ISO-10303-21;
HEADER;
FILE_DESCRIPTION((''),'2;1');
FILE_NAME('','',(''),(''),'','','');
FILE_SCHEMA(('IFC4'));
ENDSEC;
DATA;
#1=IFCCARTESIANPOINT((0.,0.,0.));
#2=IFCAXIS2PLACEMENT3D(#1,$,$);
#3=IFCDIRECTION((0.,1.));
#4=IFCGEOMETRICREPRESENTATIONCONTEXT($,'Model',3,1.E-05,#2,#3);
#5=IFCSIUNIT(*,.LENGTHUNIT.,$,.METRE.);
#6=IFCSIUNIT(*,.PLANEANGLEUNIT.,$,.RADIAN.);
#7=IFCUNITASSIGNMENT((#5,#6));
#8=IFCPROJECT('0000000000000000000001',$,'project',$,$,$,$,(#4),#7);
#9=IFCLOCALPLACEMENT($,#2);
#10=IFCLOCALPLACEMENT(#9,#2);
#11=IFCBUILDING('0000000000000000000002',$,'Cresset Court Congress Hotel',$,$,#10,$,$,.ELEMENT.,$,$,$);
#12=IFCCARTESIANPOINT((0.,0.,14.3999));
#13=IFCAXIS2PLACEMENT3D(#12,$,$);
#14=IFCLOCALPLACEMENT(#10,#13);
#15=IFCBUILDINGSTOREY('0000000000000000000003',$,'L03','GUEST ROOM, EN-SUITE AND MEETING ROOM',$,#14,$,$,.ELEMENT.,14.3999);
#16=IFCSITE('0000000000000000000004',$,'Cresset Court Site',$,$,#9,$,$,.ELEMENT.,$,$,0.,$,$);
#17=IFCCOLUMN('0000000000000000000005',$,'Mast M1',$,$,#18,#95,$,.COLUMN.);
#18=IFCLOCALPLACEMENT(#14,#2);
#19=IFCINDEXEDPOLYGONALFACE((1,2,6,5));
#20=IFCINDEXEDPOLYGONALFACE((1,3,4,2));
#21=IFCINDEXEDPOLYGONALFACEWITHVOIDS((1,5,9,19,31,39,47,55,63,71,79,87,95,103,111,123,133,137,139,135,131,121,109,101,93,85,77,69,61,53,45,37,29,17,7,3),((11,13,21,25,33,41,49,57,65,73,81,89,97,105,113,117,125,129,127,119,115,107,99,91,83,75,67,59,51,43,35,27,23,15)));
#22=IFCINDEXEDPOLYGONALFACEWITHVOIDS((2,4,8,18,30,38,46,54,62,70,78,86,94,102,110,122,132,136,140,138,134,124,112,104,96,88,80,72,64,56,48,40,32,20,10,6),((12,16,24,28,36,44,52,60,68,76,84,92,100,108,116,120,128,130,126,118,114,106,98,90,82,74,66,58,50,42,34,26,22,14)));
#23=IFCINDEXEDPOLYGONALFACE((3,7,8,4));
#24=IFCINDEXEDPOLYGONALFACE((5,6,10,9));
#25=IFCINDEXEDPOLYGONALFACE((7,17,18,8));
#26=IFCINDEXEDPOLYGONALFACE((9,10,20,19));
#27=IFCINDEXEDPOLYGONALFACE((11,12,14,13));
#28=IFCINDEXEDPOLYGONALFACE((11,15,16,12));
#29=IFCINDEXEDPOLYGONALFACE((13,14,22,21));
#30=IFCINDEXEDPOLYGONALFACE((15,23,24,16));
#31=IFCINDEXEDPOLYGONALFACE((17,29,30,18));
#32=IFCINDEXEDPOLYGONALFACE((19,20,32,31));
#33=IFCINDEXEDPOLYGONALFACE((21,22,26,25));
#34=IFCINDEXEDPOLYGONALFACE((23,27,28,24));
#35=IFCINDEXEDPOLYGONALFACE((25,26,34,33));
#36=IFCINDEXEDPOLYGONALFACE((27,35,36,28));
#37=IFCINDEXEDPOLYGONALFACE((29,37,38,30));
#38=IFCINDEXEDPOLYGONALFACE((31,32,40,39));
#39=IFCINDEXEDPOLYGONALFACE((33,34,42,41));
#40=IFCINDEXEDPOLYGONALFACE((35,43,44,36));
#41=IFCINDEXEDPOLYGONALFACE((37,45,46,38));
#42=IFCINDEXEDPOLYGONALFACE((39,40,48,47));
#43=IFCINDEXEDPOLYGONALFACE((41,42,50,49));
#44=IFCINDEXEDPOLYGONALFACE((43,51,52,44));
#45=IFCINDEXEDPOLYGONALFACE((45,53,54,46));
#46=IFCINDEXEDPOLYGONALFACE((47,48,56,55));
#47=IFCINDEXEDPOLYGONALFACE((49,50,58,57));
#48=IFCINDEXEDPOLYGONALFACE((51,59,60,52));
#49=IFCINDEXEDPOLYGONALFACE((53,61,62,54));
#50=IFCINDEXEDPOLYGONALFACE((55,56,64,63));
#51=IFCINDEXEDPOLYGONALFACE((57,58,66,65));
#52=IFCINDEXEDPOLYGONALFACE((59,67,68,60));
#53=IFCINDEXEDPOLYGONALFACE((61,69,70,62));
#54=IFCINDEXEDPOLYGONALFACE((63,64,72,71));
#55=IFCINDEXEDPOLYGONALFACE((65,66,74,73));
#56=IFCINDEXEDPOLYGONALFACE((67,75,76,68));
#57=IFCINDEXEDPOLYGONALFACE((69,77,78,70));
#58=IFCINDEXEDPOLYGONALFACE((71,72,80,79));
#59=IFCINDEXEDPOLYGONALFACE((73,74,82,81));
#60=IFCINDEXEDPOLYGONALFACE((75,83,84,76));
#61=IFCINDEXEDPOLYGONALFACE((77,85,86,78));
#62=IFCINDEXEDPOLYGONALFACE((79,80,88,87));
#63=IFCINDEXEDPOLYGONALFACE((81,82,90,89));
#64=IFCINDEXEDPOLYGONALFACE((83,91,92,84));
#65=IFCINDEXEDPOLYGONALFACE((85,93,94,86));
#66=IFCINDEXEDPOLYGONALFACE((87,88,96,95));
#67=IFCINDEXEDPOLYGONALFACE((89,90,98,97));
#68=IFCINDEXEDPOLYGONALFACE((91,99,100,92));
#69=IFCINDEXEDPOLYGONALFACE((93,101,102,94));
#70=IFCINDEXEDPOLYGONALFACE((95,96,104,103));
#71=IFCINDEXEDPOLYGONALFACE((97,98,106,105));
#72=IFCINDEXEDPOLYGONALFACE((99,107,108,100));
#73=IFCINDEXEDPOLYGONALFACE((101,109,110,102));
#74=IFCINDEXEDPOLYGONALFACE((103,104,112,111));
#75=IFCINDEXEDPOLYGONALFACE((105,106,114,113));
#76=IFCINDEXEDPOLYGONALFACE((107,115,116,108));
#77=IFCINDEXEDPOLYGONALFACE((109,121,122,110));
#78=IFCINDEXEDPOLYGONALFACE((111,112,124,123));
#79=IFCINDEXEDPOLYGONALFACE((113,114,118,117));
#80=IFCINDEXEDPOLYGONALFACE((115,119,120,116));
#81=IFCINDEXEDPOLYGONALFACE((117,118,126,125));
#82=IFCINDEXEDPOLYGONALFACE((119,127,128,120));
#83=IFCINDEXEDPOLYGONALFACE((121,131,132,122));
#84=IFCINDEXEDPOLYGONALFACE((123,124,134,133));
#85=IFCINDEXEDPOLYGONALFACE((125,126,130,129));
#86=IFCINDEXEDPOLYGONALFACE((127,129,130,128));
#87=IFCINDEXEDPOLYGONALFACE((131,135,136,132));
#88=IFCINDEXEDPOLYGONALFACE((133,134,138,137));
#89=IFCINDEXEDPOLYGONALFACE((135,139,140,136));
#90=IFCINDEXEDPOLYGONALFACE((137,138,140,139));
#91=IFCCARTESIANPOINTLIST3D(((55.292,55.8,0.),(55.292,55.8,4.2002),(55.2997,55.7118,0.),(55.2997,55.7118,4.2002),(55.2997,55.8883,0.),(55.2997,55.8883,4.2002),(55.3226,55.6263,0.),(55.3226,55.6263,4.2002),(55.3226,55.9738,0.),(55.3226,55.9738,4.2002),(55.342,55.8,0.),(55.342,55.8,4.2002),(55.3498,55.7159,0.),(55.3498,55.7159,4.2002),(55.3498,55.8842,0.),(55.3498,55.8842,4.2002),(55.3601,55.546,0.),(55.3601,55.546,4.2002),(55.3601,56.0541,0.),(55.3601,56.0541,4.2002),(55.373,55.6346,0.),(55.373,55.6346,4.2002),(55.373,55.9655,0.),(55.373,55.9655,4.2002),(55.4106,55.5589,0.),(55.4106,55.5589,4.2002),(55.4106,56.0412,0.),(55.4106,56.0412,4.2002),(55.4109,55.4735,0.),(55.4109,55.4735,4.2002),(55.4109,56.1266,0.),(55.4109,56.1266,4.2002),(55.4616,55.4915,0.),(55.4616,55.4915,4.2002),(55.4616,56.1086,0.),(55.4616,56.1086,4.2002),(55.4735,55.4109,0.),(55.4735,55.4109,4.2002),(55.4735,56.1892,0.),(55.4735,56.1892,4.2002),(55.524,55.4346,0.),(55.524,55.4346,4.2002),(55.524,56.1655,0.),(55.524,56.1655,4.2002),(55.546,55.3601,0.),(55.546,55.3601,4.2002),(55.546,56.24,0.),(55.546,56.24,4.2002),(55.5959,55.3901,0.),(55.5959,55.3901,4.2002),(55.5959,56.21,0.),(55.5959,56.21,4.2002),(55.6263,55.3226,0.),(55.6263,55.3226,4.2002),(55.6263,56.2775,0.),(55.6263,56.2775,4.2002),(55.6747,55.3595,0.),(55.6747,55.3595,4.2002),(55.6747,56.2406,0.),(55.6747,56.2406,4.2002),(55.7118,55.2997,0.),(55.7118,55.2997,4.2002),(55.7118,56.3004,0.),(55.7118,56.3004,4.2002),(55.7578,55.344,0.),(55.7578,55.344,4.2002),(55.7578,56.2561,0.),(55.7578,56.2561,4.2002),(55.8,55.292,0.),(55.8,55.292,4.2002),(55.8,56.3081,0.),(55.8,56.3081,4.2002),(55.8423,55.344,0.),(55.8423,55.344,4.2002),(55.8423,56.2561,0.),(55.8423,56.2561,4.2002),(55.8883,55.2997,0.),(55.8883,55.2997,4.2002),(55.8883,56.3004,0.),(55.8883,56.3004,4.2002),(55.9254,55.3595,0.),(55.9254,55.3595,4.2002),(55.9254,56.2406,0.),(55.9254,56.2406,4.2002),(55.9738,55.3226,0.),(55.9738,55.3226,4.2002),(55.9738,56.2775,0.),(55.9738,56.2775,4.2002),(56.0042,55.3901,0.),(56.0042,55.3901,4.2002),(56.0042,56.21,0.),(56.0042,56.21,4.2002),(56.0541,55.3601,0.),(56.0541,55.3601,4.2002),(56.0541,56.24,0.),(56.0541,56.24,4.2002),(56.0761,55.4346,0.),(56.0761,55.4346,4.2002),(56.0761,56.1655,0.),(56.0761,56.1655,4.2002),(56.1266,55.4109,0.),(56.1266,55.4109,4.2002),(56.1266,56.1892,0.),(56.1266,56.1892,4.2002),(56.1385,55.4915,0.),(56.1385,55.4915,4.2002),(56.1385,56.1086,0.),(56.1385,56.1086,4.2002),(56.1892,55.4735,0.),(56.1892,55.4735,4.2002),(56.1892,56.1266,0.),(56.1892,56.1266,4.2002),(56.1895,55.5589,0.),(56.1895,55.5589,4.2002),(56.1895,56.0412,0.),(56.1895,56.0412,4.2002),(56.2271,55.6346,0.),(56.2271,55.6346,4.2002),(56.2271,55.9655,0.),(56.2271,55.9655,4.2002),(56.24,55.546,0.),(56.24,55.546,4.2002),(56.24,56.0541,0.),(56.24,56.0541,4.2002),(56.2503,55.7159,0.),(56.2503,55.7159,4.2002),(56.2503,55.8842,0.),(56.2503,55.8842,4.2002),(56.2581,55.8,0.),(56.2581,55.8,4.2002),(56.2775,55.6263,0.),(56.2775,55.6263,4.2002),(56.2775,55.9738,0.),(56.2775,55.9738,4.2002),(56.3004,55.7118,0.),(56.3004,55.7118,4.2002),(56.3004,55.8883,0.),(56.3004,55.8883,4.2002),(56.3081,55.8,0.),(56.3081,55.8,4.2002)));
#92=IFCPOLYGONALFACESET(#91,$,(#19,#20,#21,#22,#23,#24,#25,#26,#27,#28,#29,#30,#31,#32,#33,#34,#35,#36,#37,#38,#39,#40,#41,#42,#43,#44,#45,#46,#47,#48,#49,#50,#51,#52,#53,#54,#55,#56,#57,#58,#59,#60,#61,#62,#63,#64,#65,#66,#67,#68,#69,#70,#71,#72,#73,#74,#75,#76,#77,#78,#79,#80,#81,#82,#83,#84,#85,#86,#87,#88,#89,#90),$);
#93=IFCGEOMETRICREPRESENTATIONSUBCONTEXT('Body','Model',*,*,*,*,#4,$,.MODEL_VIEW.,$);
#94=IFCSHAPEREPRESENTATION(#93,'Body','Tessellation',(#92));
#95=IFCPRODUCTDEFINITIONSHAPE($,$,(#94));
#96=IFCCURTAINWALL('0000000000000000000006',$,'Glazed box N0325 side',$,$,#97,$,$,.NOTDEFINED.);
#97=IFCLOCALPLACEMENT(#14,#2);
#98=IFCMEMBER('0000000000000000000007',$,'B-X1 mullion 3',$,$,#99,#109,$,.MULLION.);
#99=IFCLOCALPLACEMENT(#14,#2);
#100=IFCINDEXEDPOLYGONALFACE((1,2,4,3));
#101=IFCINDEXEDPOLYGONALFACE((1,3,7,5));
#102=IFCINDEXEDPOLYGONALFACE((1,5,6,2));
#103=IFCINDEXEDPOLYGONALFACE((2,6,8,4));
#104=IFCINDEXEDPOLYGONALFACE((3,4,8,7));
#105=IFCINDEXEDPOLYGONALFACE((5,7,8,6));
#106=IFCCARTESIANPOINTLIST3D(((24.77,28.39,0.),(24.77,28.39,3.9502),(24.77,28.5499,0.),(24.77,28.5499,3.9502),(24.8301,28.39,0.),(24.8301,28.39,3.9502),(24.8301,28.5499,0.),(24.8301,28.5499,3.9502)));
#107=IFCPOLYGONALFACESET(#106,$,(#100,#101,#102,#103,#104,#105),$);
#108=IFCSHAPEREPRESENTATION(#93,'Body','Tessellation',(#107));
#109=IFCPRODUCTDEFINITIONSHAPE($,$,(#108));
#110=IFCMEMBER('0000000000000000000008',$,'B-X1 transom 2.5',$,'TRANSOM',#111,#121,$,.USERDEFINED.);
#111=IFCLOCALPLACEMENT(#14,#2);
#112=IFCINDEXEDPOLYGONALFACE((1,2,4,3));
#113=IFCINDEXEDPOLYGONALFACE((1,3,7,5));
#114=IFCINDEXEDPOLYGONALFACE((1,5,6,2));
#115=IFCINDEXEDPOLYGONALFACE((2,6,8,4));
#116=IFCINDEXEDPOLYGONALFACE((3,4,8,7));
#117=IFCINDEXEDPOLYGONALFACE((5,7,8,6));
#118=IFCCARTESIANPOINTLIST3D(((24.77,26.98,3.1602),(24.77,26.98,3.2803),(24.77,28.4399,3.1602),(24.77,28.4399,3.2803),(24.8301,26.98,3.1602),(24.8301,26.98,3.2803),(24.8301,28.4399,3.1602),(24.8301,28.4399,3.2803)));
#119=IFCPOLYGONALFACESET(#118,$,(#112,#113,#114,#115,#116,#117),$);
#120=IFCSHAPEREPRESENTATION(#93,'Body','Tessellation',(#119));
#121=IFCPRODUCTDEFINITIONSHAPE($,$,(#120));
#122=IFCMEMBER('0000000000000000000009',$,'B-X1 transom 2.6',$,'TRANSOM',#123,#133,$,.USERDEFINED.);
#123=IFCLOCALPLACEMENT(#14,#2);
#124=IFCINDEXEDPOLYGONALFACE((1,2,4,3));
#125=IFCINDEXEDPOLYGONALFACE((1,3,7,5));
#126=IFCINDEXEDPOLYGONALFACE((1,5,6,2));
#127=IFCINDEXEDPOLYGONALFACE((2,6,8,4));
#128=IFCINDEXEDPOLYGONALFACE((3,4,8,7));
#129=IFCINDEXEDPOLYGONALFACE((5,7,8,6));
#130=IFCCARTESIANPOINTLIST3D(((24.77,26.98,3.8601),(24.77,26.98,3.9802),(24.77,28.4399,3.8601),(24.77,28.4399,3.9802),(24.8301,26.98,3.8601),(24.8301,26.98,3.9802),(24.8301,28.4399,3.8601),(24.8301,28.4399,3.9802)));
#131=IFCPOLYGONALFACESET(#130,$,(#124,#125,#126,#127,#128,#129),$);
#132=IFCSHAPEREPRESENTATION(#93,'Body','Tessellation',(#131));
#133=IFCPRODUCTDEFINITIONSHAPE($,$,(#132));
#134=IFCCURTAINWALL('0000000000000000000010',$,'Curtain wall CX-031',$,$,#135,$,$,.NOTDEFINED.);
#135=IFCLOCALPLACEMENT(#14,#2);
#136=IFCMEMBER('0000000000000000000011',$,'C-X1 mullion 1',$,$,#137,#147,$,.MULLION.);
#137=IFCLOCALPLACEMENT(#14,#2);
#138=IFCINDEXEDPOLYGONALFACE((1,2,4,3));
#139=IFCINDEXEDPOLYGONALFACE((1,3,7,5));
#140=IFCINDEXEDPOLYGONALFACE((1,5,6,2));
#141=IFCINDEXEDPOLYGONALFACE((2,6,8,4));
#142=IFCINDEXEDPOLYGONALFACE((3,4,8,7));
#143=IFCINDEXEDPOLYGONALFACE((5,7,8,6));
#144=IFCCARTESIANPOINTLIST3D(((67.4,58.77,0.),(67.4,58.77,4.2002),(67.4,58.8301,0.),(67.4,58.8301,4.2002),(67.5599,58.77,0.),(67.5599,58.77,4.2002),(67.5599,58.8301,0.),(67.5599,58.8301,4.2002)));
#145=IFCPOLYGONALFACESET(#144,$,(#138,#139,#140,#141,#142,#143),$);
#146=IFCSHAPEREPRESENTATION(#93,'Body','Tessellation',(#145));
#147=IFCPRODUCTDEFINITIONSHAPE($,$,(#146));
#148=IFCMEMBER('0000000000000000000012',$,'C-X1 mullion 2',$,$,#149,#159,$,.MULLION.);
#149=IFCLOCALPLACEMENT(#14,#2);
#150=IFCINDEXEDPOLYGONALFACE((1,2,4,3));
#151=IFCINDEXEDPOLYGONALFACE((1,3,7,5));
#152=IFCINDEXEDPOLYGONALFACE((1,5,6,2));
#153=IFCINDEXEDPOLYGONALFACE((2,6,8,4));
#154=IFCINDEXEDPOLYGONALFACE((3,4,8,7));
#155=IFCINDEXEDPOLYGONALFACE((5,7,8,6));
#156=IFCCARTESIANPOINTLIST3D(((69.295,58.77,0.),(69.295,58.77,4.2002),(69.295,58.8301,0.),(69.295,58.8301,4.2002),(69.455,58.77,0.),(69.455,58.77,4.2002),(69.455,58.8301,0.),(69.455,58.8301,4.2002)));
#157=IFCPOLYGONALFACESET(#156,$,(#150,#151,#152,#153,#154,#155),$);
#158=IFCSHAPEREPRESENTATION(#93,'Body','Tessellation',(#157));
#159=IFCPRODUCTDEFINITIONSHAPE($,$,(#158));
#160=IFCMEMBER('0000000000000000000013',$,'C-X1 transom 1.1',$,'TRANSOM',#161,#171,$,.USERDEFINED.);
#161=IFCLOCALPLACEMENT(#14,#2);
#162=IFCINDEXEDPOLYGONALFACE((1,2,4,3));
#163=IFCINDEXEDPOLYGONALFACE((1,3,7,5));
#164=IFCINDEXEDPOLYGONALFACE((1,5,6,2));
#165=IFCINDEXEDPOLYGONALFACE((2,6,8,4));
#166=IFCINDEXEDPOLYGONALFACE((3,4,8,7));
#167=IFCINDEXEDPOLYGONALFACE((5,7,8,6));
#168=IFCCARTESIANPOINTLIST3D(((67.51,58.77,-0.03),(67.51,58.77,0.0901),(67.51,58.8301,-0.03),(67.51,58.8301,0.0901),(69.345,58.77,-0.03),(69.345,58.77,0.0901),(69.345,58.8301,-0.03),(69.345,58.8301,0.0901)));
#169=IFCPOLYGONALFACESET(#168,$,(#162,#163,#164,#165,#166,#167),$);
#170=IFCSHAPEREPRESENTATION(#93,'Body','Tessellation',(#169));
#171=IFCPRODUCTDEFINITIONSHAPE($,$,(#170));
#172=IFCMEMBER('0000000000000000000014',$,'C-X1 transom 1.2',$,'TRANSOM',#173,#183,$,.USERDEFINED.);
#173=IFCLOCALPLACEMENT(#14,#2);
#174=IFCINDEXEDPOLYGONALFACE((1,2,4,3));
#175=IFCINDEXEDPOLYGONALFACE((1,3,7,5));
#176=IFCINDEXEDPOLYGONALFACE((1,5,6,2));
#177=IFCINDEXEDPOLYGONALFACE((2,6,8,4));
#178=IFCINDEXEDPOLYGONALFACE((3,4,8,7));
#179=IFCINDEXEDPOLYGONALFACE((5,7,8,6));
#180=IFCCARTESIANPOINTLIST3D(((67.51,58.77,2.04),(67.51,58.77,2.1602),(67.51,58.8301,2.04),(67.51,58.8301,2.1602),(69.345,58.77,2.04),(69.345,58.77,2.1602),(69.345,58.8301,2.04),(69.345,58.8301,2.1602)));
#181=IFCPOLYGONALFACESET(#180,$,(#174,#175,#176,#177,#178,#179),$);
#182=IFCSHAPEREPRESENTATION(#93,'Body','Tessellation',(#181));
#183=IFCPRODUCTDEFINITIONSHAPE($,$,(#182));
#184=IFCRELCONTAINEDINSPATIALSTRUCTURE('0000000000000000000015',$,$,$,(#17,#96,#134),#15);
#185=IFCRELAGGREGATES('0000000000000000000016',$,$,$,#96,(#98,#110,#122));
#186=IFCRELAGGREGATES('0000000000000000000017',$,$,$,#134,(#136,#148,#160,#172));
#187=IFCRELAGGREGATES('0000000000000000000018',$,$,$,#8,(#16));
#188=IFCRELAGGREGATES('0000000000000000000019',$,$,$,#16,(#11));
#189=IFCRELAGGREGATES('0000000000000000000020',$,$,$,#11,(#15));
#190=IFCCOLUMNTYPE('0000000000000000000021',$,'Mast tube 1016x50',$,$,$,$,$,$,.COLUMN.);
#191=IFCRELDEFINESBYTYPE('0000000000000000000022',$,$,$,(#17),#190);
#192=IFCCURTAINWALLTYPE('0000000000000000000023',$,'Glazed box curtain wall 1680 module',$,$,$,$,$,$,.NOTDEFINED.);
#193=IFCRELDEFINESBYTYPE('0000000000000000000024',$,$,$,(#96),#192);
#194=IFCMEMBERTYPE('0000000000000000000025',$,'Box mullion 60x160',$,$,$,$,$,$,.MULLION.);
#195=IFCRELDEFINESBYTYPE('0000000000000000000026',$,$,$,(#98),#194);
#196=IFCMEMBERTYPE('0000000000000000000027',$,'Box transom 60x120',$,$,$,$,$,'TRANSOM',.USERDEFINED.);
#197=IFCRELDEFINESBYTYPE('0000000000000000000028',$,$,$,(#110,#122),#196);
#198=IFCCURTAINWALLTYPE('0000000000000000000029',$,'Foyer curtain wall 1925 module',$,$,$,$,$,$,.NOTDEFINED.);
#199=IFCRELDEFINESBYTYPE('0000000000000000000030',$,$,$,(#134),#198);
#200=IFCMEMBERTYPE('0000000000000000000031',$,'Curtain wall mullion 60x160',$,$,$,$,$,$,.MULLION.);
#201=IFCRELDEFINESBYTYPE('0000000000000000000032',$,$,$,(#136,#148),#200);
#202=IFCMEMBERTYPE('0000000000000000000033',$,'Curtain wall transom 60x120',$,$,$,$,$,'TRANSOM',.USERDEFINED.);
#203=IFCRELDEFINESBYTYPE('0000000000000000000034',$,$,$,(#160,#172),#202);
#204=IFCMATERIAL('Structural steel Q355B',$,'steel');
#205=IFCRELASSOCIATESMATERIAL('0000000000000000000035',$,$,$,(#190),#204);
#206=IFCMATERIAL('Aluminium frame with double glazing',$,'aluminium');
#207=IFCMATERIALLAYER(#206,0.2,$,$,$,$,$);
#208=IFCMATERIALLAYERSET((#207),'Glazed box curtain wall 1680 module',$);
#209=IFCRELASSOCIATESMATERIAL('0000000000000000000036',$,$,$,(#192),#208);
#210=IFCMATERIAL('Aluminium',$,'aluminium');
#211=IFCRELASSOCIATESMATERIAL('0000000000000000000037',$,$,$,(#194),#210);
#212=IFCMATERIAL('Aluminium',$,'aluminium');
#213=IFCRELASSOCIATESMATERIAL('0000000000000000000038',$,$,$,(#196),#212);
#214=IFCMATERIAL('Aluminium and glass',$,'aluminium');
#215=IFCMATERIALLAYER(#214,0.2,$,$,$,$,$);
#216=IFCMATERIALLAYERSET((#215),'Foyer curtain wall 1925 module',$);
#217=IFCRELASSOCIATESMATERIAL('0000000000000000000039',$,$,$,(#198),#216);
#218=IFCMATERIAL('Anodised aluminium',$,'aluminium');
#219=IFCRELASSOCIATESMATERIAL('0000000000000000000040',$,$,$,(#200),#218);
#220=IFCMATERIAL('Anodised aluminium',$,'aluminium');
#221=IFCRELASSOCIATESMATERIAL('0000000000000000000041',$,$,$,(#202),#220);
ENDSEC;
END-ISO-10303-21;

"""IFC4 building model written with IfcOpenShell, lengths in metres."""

from ifc_helpers import new_model, si_unit, direction, frame, origin, origin_2d, place, context, subcontext, project, spatial, rectangle, hollow_circle, extrude, material, layer, layer_set, material_profile, profile_set, type_object, element, aggregate, save


model = new_model("IFC4")

# Units and contexts
model_context = context("Model", 3, precision=1e-05, world=origin(), true_north=direction((0.0, 1.0)))
body_context = subcontext(model_context, "Body", "Model", "MODEL_VIEW")
ifc_project = project(units=[si_unit("LENGTHUNIT", "METRE"), si_unit("PLANEANGLEUNIT", "RADIAN")], contexts=[model_context])

# Site, building, storey
site_placement = place(None, origin())
site = spatial("IfcSite", under=ifc_project, at=site_placement, Name="Cresset Court Site", CompositionType="ELEMENT", RefElevation=0.0)
building_placement = place(site_placement, origin())
building = spatial("IfcBuilding", under=site, at=building_placement, Name="Cresset Court Congress Hotel", CompositionType="ELEMENT")
storey_placement = place(building_placement, frame((0.0, 0.0, 14.3999)))
storey = spatial("IfcBuildingStorey", under=building, at=storey_placement, Name="L03", Description="GUEST ROOM, EN-SUITE AND MEETING ROOM", CompositionType="ELEMENT", Elevation=14.3999)

# Column
ifc_material_1 = material(Name="Structural steel Q355B", Category="steel")
ifc_material_profile_1 = material_profile(ifc_material_1, hollow_circle(Radius=0.5081, WallThickness=0.05, at=origin_2d()), Name="CHS1016x50")
ifc_profile_set_1 = profile_set([ifc_material_profile_1], Name="Structural steel Q355B")
column_type = type_object("IfcColumnType", Name="Mast tube 1016x50", PredefinedType="COLUMN", material=ifc_profile_set_1)
column_placement = place(storey_placement, frame((55.8, 55.8, 0.0), z_axis=(0.0, 0.0, 1.0), x_axis=(1.0, 0.0, 0.0)))
element("IfcColumn", 1, at=column_placement, inside=storey, type_object=column_type, Name="Mast M1", PredefinedType="COLUMN", context=body_context, shape_type="SweptSolid", body=[
    extrude(hollow_circle(Radius=0.5081, WallThickness=0.05, at=origin_2d()), origin(), (0.0, 0.0, 1.0), 4.2002),
])

# Curtain walls, members
ifc_material_2 = material(Name="Aluminium frame with double glazing", Category="aluminium")
ifc_layer_1 = layer(ifc_material_2, 0.2)
ifc_layer_set_1 = layer_set([ifc_layer_1], Name="Glazed box curtain wall 1680 module")
curtain_wall_type_1 = type_object("IfcCurtainWallType", Name="Glazed box curtain wall 1680 module", PredefinedType="NOTDEFINED", material=ifc_layer_set_1)
curtain_wall_1_placement = place(storey_placement, origin())
curtain_wall_1 = element("IfcCurtainWall", 2, at=curtain_wall_1_placement, inside=storey, type_object=curtain_wall_type_1, Name="Glazed box N0325 side", PredefinedType="NOTDEFINED")
ifc_material_3 = material(Name="Aluminium", Category="aluminium")
ifc_material_profile_2 = material_profile(ifc_material_3, rectangle(XDim=0.0601, YDim=0.1599, at=origin_2d()), Name="Box mullion 60x160")
ifc_profile_set_2 = profile_set([ifc_material_profile_2], Name="Aluminium")
member_type_1 = type_object("IfcMemberType", Name="Box mullion 60x160", PredefinedType="MULLION", material=ifc_profile_set_2)
member_1_placement = place(storey_placement, frame((24.8, 28.47, 0.0), z_axis=(0.0, 0.0, 1.0), x_axis=(-1.0, 0.0, 0.0)))
member_1 = element("IfcMember", 3, at=member_1_placement, type_object=member_type_1, Name="B-X1 mullion 3", PredefinedType="MULLION", context=body_context, shape_type="SweptSolid", body=[
    extrude(rectangle(XDim=0.0601, YDim=0.1599, at=origin_2d()), origin(), (0.0, 0.0, 1.0), 3.9502),
])
ifc_material_4 = material(Name="Aluminium", Category="aluminium")
ifc_material_profile_3 = material_profile(ifc_material_4, rectangle(XDim=0.0601, YDim=0.1201, at=origin_2d()), Name="Box transom 60x120")
ifc_profile_set_3 = profile_set([ifc_material_profile_3], Name="Aluminium")
member_type_2 = type_object("IfcMemberType", Name="Box transom 60x120", ElementType="TRANSOM", PredefinedType="USERDEFINED", material=ifc_profile_set_3)
member_2_placement = place(storey_placement, frame((24.8, 26.98, 3.2202), z_axis=(0.0, 1.0, 0.0), x_axis=(-1.0, 0.0, 0.0)))
member_2 = element("IfcMember", 4, at=member_2_placement, type_object=member_type_2, Name="B-X1 transom 2.5", ObjectType="TRANSOM", PredefinedType="USERDEFINED", context=body_context, shape_type="SweptSolid", body=[
    extrude(rectangle(XDim=0.0601, YDim=0.1201, at=origin_2d()), origin(), (0.0, 0.0, 1.0), 1.46),
])
member_3_placement = place(storey_placement, frame((24.8, 26.98, 3.9202), z_axis=(0.0, 1.0, 0.0), x_axis=(-1.0, 0.0, 0.0)))
member_3 = element("IfcMember", 5, at=member_3_placement, type_object=member_type_2, Name="B-X1 transom 2.6", ObjectType="TRANSOM", PredefinedType="USERDEFINED", context=body_context, shape_type="SweptSolid", body=[
    extrude(rectangle(XDim=0.0601, YDim=0.1201, at=origin_2d()), origin(), (0.0, 0.0, 1.0), 1.46),
])
ifc_material_5 = material(Name="Aluminium and glass", Category="aluminium")
ifc_layer_2 = layer(ifc_material_5, 0.2)
ifc_layer_set_2 = layer_set([ifc_layer_2], Name="Foyer curtain wall 1925 module")
curtain_wall_type_2 = type_object("IfcCurtainWallType", Name="Foyer curtain wall 1925 module", PredefinedType="NOTDEFINED", material=ifc_layer_set_2)
curtain_wall_2_placement = place(storey_placement, origin())
curtain_wall_2 = element("IfcCurtainWall", 6, at=curtain_wall_2_placement, inside=storey, type_object=curtain_wall_type_2, Name="Curtain wall CX-031", PredefinedType="NOTDEFINED")
ifc_material_6 = material(Name="Anodised aluminium", Category="aluminium")
ifc_material_profile_4 = material_profile(ifc_material_6, rectangle(XDim=0.0601, YDim=0.1599, at=origin_2d()), Name="AL60x160")
ifc_profile_set_4 = profile_set([ifc_material_profile_4], Name="Anodised aluminium")
member_type_3 = type_object("IfcMemberType", Name="Curtain wall mullion 60x160", PredefinedType="MULLION", material=ifc_profile_set_4)
member_4_placement = place(storey_placement, frame((67.48, 58.8, 0.0), z_axis=(0.0, 0.0, 1.0), x_axis=(0.0, 1.0, 0.0)))
member_4 = element("IfcMember", 7, at=member_4_placement, type_object=member_type_3, Name="C-X1 mullion 1", PredefinedType="MULLION", context=body_context, shape_type="SweptSolid", body=[
    extrude(rectangle(XDim=0.0601, YDim=0.1599, at=origin_2d()), origin(), (0.0, 0.0, 1.0), 4.2002),
])
member_5_placement = place(storey_placement, frame((69.375, 58.8, 0.0), z_axis=(0.0, 0.0, 1.0), x_axis=(0.0, 1.0, 0.0)))
member_5 = element("IfcMember", 8, at=member_5_placement, type_object=member_type_3, Name="C-X1 mullion 2", PredefinedType="MULLION", context=body_context, shape_type="SweptSolid", body=[
    extrude(rectangle(XDim=0.0601, YDim=0.1599, at=origin_2d()), origin(), (0.0, 0.0, 1.0), 4.2002),
])
ifc_material_7 = material(Name="Anodised aluminium", Category="aluminium")
ifc_material_profile_5 = material_profile(ifc_material_7, rectangle(XDim=0.0601, YDim=0.1201, at=origin_2d()), Name="AL60x120")
ifc_profile_set_5 = profile_set([ifc_material_profile_5], Name="Anodised aluminium")
member_type_4 = type_object("IfcMemberType", Name="Curtain wall transom 60x120", ElementType="TRANSOM", PredefinedType="USERDEFINED", material=ifc_profile_set_5)
member_6_placement = place(storey_placement, frame((67.51, 58.8, 0.03), z_axis=(1.0, 0.0, 0.0), x_axis=(0.0, 1.0, 0.0)))
member_6 = element("IfcMember", 9, at=member_6_placement, type_object=member_type_4, Name="C-X1 transom 1.1", ObjectType="TRANSOM", PredefinedType="USERDEFINED", context=body_context, shape_type="SweptSolid", body=[
    extrude(rectangle(XDim=0.0601, YDim=0.1201, at=origin_2d()), origin(), (0.0, 0.0, 1.0), 1.835),
])
member_7_placement = place(storey_placement, frame((67.51, 58.8, 2.1001), z_axis=(1.0, 0.0, 0.0), x_axis=(0.0, 1.0, 0.0)))
member_7 = element("IfcMember", 10, at=member_7_placement, type_object=member_type_4, Name="C-X1 transom 1.2", ObjectType="TRANSOM", PredefinedType="USERDEFINED", context=body_context, shape_type="SweptSolid", body=[
    extrude(rectangle(XDim=0.0601, YDim=0.1201, at=origin_2d()), origin(), (0.0, 0.0, 1.0), 1.835),
])

aggregate(curtain_wall_1, [member_1, member_2, member_3])
aggregate(curtain_wall_2, [member_4, member_5, member_6, member_7])

save(model, "model.ifc")
